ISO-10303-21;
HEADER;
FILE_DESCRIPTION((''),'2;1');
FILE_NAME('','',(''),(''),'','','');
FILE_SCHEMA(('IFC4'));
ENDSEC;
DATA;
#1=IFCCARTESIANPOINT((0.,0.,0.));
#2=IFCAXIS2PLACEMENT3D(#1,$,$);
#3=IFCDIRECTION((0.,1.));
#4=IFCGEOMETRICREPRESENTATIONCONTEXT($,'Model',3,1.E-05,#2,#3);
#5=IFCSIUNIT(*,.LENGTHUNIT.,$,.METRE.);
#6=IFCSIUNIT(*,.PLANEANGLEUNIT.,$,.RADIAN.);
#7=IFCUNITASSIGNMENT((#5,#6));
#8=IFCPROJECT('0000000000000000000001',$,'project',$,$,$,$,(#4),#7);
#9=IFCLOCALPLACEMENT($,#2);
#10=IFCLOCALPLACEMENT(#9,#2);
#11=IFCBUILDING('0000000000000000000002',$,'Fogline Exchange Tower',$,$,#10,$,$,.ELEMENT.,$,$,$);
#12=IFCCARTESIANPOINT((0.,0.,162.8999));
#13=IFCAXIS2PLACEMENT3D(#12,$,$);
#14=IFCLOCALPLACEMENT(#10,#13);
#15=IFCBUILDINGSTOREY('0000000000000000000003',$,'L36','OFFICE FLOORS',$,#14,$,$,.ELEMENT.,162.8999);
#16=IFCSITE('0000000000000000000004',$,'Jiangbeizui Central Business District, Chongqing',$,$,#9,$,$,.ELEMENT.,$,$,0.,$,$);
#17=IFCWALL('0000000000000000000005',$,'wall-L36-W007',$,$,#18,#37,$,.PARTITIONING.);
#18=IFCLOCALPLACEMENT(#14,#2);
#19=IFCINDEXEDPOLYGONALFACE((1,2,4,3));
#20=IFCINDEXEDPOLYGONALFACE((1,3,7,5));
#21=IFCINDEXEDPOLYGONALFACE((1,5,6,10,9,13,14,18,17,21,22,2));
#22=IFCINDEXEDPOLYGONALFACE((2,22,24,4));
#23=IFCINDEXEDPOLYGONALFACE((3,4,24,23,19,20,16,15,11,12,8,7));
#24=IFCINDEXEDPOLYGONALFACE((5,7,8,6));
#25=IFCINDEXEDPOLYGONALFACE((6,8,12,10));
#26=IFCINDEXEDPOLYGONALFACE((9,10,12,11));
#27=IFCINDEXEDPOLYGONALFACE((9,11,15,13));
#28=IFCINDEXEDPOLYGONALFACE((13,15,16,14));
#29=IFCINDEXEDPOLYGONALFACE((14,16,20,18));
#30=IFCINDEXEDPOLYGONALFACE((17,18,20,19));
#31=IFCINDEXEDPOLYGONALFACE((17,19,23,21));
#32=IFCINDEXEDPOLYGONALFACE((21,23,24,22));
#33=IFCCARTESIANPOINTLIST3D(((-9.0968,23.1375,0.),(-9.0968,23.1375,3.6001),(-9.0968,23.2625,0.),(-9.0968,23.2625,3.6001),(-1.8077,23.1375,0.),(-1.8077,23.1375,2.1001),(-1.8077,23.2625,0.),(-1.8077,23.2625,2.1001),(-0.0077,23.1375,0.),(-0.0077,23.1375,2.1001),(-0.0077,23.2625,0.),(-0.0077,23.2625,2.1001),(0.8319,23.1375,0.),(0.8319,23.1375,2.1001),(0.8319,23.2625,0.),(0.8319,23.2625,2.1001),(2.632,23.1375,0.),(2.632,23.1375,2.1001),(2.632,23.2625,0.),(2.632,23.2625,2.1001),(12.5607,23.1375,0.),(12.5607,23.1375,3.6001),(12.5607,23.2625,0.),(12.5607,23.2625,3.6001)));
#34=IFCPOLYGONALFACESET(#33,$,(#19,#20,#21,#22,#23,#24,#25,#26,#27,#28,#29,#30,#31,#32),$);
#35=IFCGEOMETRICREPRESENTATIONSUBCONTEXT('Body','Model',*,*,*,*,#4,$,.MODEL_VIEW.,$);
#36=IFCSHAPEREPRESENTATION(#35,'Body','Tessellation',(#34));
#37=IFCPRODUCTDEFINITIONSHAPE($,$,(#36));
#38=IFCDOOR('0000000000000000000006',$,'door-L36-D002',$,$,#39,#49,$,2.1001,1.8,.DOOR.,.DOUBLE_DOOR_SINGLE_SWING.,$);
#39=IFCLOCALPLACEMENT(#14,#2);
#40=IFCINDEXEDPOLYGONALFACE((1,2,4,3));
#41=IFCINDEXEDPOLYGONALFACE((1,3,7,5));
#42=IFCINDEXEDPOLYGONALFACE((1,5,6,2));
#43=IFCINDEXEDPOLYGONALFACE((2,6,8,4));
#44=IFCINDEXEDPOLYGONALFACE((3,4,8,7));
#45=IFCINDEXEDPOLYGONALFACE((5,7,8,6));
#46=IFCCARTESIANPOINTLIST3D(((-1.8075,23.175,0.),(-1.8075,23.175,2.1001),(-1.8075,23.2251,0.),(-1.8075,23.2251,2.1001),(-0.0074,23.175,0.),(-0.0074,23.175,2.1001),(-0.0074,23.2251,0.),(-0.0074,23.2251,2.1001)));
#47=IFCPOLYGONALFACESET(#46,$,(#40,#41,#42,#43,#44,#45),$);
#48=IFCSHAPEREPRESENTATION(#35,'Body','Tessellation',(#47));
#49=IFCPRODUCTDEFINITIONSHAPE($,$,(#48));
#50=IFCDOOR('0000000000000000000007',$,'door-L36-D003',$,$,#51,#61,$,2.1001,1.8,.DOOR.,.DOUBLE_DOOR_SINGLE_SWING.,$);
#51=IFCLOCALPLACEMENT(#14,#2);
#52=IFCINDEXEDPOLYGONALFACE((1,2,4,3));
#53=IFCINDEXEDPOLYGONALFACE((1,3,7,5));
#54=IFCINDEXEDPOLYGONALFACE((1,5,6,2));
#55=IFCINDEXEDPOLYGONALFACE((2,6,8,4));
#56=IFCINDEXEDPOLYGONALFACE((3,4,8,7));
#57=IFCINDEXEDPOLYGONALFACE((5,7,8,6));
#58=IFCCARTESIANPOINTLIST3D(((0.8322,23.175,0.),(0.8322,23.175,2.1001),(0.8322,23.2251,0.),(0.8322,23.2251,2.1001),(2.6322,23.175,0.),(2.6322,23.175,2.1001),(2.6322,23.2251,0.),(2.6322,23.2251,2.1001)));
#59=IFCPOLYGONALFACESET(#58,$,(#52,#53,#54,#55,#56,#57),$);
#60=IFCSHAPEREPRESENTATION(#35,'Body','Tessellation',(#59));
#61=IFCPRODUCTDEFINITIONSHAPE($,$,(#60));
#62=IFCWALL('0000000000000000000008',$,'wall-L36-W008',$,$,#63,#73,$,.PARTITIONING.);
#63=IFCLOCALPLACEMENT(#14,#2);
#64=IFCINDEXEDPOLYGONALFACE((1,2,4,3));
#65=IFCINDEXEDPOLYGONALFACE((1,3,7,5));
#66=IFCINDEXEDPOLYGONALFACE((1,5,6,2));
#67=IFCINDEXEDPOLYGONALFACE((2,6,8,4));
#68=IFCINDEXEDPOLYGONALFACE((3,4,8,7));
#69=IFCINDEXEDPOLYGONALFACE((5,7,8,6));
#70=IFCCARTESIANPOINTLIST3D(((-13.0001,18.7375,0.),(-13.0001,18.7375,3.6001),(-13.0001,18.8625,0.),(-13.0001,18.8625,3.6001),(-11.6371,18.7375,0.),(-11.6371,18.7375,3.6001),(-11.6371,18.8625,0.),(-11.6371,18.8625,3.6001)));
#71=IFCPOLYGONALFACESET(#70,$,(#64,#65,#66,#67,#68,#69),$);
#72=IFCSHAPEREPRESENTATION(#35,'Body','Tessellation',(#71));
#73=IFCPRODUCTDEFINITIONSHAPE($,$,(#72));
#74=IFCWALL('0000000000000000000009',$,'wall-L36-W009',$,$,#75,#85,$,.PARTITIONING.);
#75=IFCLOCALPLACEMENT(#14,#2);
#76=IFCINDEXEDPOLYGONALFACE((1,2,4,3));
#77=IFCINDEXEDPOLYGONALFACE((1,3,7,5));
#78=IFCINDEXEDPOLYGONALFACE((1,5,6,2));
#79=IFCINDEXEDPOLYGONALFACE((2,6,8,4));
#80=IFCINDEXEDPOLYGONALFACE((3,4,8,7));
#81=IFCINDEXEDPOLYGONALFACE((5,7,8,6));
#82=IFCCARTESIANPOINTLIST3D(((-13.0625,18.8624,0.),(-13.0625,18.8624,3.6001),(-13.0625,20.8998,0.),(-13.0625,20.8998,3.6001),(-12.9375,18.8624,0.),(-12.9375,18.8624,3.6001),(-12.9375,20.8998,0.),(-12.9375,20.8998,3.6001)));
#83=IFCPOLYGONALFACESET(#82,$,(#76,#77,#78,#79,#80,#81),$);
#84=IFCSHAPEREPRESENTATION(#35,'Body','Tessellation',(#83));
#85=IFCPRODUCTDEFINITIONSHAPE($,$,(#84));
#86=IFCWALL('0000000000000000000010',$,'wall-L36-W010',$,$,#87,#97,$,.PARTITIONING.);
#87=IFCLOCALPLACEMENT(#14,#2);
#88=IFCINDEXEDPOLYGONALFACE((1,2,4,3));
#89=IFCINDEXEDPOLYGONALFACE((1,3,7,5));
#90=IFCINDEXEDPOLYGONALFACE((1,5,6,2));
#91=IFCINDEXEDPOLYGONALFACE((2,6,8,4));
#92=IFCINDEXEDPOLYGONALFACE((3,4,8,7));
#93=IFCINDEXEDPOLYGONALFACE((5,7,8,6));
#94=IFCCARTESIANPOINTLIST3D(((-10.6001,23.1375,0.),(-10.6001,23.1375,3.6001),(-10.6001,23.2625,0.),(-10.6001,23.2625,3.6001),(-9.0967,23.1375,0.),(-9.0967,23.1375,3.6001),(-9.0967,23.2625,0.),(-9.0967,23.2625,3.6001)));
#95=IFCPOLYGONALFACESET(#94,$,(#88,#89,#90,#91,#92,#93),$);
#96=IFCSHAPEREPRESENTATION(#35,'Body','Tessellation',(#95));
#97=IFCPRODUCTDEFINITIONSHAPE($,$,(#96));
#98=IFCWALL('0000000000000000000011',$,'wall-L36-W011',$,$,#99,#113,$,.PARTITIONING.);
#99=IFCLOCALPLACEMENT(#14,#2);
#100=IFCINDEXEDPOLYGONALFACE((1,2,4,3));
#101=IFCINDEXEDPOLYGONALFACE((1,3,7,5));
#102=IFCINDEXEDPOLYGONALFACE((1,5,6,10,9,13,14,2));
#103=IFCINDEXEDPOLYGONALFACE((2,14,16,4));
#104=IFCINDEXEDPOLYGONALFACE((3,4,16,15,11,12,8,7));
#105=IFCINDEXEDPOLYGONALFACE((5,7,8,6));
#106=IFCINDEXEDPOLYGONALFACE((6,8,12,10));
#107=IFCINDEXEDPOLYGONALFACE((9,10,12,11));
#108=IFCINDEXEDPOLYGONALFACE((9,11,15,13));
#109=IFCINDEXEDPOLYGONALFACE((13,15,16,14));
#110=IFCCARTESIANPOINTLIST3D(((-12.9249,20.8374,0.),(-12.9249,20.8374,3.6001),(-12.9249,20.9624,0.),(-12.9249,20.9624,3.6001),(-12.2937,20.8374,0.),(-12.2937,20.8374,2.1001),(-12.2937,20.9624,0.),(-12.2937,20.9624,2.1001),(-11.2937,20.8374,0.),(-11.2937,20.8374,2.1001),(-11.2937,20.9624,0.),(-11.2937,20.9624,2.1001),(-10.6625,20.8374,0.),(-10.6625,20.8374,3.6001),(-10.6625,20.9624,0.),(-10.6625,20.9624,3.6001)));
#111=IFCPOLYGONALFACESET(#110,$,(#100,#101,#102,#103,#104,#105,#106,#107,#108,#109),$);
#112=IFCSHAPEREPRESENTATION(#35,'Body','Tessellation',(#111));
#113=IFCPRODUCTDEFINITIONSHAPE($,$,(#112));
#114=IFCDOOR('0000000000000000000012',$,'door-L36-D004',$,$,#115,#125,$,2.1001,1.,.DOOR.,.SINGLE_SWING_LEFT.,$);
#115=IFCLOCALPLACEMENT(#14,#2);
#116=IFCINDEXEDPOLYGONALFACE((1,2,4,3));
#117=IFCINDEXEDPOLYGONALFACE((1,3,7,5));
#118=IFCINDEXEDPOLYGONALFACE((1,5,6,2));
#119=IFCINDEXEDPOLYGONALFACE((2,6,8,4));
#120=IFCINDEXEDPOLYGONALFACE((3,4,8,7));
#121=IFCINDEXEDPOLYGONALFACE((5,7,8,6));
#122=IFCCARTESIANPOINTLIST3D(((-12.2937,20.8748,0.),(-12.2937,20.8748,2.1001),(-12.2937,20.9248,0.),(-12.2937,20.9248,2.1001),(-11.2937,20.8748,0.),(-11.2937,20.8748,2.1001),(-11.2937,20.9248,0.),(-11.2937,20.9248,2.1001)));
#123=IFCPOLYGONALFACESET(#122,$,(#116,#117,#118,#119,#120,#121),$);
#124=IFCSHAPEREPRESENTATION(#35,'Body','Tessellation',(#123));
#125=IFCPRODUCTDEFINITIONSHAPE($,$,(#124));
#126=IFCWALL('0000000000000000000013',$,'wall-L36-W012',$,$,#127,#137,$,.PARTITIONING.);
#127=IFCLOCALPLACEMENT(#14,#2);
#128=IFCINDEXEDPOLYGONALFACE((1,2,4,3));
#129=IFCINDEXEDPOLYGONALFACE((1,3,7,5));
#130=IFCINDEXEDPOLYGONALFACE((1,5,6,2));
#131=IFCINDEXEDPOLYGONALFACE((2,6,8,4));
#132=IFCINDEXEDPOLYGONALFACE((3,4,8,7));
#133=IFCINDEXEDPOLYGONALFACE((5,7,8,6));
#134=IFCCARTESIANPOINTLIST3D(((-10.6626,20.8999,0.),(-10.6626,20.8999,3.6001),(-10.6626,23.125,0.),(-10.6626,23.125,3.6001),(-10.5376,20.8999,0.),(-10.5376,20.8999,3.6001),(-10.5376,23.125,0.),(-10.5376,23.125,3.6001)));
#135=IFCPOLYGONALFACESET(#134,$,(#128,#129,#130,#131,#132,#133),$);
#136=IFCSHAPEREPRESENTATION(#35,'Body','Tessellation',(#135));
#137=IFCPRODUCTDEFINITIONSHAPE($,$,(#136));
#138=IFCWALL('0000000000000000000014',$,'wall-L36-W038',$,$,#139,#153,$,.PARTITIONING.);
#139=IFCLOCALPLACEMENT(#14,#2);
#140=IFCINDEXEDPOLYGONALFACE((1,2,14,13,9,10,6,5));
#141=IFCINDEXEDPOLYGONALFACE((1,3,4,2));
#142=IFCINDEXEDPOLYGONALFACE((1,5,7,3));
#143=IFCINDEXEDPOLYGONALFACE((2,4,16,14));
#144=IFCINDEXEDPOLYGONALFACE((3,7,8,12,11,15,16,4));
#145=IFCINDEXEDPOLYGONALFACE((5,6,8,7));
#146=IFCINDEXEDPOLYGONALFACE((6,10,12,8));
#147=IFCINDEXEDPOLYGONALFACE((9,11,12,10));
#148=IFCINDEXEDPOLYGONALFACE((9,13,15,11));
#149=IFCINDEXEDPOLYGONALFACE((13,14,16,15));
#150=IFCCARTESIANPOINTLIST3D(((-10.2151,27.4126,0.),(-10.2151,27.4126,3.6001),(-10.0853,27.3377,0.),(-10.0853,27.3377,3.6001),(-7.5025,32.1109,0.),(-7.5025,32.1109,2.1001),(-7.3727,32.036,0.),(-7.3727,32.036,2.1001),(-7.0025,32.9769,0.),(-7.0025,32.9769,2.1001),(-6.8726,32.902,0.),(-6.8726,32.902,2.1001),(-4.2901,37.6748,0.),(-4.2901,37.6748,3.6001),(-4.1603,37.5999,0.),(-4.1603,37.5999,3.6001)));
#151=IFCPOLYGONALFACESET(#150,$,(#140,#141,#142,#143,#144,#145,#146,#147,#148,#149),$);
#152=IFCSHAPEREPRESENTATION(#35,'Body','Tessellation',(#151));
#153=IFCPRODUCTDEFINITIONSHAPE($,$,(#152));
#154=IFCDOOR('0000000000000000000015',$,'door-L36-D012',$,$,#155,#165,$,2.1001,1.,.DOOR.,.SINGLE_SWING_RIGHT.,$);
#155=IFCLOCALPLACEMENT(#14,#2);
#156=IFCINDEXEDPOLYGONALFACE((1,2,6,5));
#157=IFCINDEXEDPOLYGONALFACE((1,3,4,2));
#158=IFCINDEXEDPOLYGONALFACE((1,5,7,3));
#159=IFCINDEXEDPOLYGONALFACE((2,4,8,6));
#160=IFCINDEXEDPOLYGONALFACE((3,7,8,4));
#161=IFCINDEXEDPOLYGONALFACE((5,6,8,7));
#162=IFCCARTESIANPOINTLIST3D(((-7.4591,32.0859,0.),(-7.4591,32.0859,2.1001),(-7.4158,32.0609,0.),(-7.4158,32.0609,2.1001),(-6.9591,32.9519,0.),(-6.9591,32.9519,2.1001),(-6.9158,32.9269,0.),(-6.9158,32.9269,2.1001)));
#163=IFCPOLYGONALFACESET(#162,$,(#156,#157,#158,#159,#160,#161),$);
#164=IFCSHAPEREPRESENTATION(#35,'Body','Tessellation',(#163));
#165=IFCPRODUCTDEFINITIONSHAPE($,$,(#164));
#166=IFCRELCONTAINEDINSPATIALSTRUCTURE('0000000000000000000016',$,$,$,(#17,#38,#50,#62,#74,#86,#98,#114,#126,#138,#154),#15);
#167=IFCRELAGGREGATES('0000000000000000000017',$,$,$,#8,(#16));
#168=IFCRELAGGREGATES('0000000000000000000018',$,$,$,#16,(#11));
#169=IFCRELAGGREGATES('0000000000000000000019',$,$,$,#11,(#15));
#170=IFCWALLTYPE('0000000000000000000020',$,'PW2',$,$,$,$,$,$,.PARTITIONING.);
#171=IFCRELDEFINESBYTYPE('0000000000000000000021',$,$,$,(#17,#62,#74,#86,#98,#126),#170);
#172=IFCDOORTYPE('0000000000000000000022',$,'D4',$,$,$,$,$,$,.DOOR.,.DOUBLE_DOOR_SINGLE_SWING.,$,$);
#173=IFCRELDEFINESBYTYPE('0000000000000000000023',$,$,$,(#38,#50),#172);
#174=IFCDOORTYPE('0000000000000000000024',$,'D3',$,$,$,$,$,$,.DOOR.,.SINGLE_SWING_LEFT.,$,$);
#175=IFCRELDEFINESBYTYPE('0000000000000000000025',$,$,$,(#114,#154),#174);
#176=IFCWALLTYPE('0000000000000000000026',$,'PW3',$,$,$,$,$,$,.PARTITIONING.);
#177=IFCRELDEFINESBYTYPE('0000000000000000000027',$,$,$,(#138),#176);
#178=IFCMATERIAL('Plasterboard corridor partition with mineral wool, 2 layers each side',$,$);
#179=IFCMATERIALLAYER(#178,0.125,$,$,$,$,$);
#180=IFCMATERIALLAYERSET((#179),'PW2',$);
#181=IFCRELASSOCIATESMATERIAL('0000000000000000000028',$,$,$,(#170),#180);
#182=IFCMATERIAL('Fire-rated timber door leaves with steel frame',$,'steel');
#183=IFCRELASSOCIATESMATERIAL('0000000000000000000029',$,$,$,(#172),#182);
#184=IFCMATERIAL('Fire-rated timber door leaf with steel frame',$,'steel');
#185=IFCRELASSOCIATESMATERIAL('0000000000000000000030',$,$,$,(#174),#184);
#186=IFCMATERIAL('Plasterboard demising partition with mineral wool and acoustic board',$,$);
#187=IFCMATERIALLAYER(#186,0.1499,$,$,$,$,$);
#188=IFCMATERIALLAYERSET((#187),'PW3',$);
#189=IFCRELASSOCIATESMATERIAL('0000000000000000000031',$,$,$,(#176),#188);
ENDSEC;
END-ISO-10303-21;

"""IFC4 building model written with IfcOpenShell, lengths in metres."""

from ifc_helpers import new_model, si_unit, direction, frame, frame_2d, origin, place, context, subcontext, project, spatial, rectangle, extrude, material, layer, layer_set, type_object, element, fill, save


model = new_model("IFC4")

# Units and contexts
model_context = context("Model", 3, precision=1e-05, world=origin(), true_north=direction((0.0, 1.0)))
body_context = subcontext(model_context, "Body", "Model", "MODEL_VIEW")
ifc_project = project(units=[si_unit("LENGTHUNIT", "METRE"), si_unit("PLANEANGLEUNIT", "RADIAN")], contexts=[model_context])

# Site, building, storey
site_placement = place(None, origin())
site = spatial("IfcSite", under=ifc_project, at=site_placement, Name="Jiangbeizui Central Business District, Chongqing", CompositionType="ELEMENT", RefElevation=0.0)
building_placement = place(site_placement, origin())
building = spatial("IfcBuilding", under=site, at=building_placement, Name="Fogline Exchange Tower", CompositionType="ELEMENT")
storey_placement = place(building_placement, frame((0.0, 0.0, 162.8999)))
storey = spatial("IfcBuildingStorey", under=building, at=storey_placement, Name="L36", Description="OFFICE FLOORS", CompositionType="ELEMENT", Elevation=162.8999)

# Wall, openings, doors
ifc_material_1 = material(Name="Plasterboard corridor partition with mineral wool, 2 layers each side")
ifc_layer_1 = layer(ifc_material_1, 0.125)
ifc_layer_set_1 = layer_set([ifc_layer_1], Name="PW2")
wall_type_1 = type_object("IfcWallType", Name="PW2", PredefinedType="PARTITIONING", material=ifc_layer_set_1)
wall_1_placement = place(storey_placement, frame((-9.0967, 23.2, 0.0), z_axis=(0.0, 0.0, 1.0), x_axis=(1.0, 0.0, 0.0)))
wall_1 = element("IfcWall", 1, at=wall_1_placement, inside=storey, type_object=wall_type_1, Name="wall-L36-W007", PredefinedType="PARTITIONING", context=body_context, shape_type="SweptSolid", body=[
    extrude(rectangle(XDim=21.6575, YDim=0.125, at=frame_2d((10.8286, 0.0))), origin(), (0.0, 0.0, 1.0), 3.6001),
])
opening_1_placement = place(wall_1_placement, frame((7.2891, 0.0, 0.0)))
opening_1 = element("IfcOpeningElement", 2, at=opening_1_placement, cuts=wall_1, PredefinedType="OPENING", context=body_context, shape_type="SweptSolid", body=[
    extrude(rectangle(XDim=1.8, YDim=2.1001, at=frame_2d((0.8999, 1.05))), frame((0.0, 0.0725, 0.0), z_axis=(0.0, -1.0, 0.0), x_axis=(1.0, 0.0, 0.0)), (0.0, 0.0, 1.0), 0.145),
])
opening_2_placement = place(wall_1_placement, frame((9.9287, 0.0, 0.0)))
opening_2 = element("IfcOpeningElement", 3, at=opening_2_placement, cuts=wall_1, PredefinedType="OPENING", context=body_context, shape_type="SweptSolid", body=[
    extrude(rectangle(XDim=1.8, YDim=2.1001, at=frame_2d((0.8999, 1.05))), frame((0.0, 0.0725, 0.0), z_axis=(0.0, -1.0, 0.0), x_axis=(1.0, 0.0, 0.0)), (0.0, 0.0, 1.0), 0.145),
])
ifc_material_2 = material(Name="Fire-rated timber door leaves with steel frame", Category="steel")
door_type_1 = type_object("IfcDoorType", Name="D4", OperationType="DOUBLE_DOOR_SINGLE_SWING", PredefinedType="DOOR", material=ifc_material_2)
door_1_placement = place(opening_1_placement, frame((1.8, 0.0, 0.0), z_axis=(0.0, 0.0, 1.0), x_axis=(-1.0, 0.0, 0.0)))
door_1 = element("IfcDoor", 4, at=door_1_placement, inside=storey, type_object=door_type_1, Name="door-L36-D002", OperationType="DOUBLE_DOOR_SINGLE_SWING", OverallHeight=2.1001, OverallWidth=1.8, PredefinedType="DOOR", context=body_context, shape_type="SweptSolid", body=[
    extrude(rectangle(XDim=1.8, YDim=2.1001, at=frame_2d((0.8999, 1.05))), frame((0.0, 0.0249, 0.0), z_axis=(0.0, -1.0, 0.0), x_axis=(1.0, 0.0, 0.0)), (0.0, 0.0, 1.0), 0.05),
])
fill(opening_1, door_1)
door_2_placement = place(opening_2_placement, frame((1.8, 0.0, 0.0), z_axis=(0.0, 0.0, 1.0), x_axis=(-1.0, 0.0, 0.0)))
door_2 = element("IfcDoor", 5, at=door_2_placement, inside=storey, type_object=door_type_1, Name="door-L36-D003", OperationType="DOUBLE_DOOR_SINGLE_SWING", OverallHeight=2.1001, OverallWidth=1.8, PredefinedType="DOOR", context=body_context, shape_type="SweptSolid", body=[
    extrude(rectangle(XDim=1.8, YDim=2.1001, at=frame_2d((0.8999, 1.05))), frame((0.0, 0.0249, 0.0), z_axis=(0.0, -1.0, 0.0), x_axis=(1.0, 0.0, 0.0)), (0.0, 0.0, 1.0), 0.05),
])
fill(opening_2, door_2)

# Walls
wall_2_placement = place(storey_placement, frame((-11.637, 18.8, 0.0), z_axis=(0.0, 0.0, 1.0), x_axis=(-1.0, 0.0, 0.0)))
element("IfcWall", 6, at=wall_2_placement, inside=storey, type_object=wall_type_1, Name="wall-L36-W008", PredefinedType="PARTITIONING", context=body_context, shape_type="SweptSolid", body=[
    extrude(rectangle(XDim=1.363, YDim=0.125, at=frame_2d((0.6816, 0.0))), origin(), (0.0, 0.0, 1.0), 3.6001),
])
wall_3_placement = place(storey_placement, frame((-13.0, 18.8625, 0.0), z_axis=(0.0, 0.0, 1.0), x_axis=(0.0, 1.0, 0.0)))
element("IfcWall", 7, at=wall_3_placement, inside=storey, type_object=wall_type_1, Name="wall-L36-W009", PredefinedType="PARTITIONING", context=body_context, shape_type="SweptSolid", body=[
    extrude(rectangle(XDim=2.0374, YDim=0.125, at=frame_2d((1.0186, 0.0))), origin(), (0.0, 0.0, 1.0), 3.6001),
])
wall_4_placement = place(storey_placement, frame((-10.6001, 23.2, 0.0), z_axis=(0.0, 0.0, 1.0), x_axis=(1.0, 0.0, 0.0)))
element("IfcWall", 8, at=wall_4_placement, inside=storey, type_object=wall_type_1, Name="wall-L36-W010", PredefinedType="PARTITIONING", context=body_context, shape_type="SweptSolid", body=[
    extrude(rectangle(XDim=1.5034, YDim=0.125, at=frame_2d((0.7517, 0.0))), origin(), (0.0, 0.0, 1.0), 3.6001),
])

# Wall, opening, door
wall_5_placement = place(storey_placement, frame((-12.925, 20.8999, 0.0), z_axis=(0.0, 0.0, 1.0), x_axis=(1.0, 0.0, 0.0)))
wall_5 = element("IfcWall", 9, at=wall_5_placement, inside=storey, type_object=wall_type_1, Name="wall-L36-W011", PredefinedType="PARTITIONING", context=body_context, shape_type="SweptSolid", body=[
    extrude(rectangle(XDim=2.2625, YDim=0.125, at=frame_2d((1.1313, 0.0))), origin(), (0.0, 0.0, 1.0), 3.6001),
])
opening_3_placement = place(wall_5_placement, frame((0.6313, 0.0, 0.0)))
opening_3 = element("IfcOpeningElement", 10, at=opening_3_placement, cuts=wall_5, PredefinedType="OPENING", context=body_context, shape_type="SweptSolid", body=[
    extrude(rectangle(XDim=1.0, YDim=2.1001, at=frame_2d((0.5, 1.05))), frame((0.0, 0.0725, 0.0), z_axis=(0.0, -1.0, 0.0), x_axis=(1.0, 0.0, 0.0)), (0.0, 0.0, 1.0), 0.145),
])
ifc_material_3 = material(Name="Fire-rated timber door leaf with steel frame", Category="steel")
door_type_2 = type_object("IfcDoorType", Name="D3", OperationType="SINGLE_SWING_LEFT", PredefinedType="DOOR", material=ifc_material_3)
door_3_placement = place(opening_3_placement, origin())
door_3 = element("IfcDoor", 11, at=door_3_placement, inside=storey, type_object=door_type_2, Name="door-L36-D004", OperationType="SINGLE_SWING_LEFT", OverallHeight=2.1001, OverallWidth=1.0, PredefinedType="DOOR", context=body_context, shape_type="SweptSolid", body=[
    extrude(rectangle(XDim=1.0, YDim=2.1001, at=frame_2d((0.5, 1.05))), frame((0.0, 0.0249, 0.0), z_axis=(0.0, -1.0, 0.0), x_axis=(1.0, 0.0, 0.0)), (0.0, 0.0, 1.0), 0.05),
])
fill(opening_3, door_3)

# Wall
wall_6_placement = place(storey_placement, frame((-10.6001, 20.8999, 0.0), z_axis=(0.0, 0.0, 1.0), x_axis=(0.0, 1.0, 0.0)))
element("IfcWall", 12, at=wall_6_placement, inside=storey, type_object=wall_type_1, Name="wall-L36-W012", PredefinedType="PARTITIONING", context=body_context, shape_type="SweptSolid", body=[
    extrude(rectangle(XDim=2.2251, YDim=0.125, at=frame_2d((1.1125, 0.0))), origin(), (0.0, 0.0, 1.0), 3.6001),
])

# Wall, opening, door
ifc_material_4 = material(Name="Plasterboard demising partition with mineral wool and acoustic board")
ifc_layer_2 = layer(ifc_material_4, 0.1499)
ifc_layer_set_2 = layer_set([ifc_layer_2], Name="PW3")
wall_type_2 = type_object("IfcWallType", Name="PW3", PredefinedType="PARTITIONING", material=ifc_layer_set_2)
wall_7_placement = place(storey_placement, frame((-10.1501, 27.3752, 0.0), z_axis=(0.0, 0.0, 1.0), x_axis=(0.50001, 0.86602, 0.0)))
wall_7 = element("IfcWall", 13, at=wall_7_placement, inside=storey, type_object=wall_type_2, Name="wall-L36-W038", PredefinedType="PARTITIONING", context=body_context, shape_type="SweptSolid", body=[
    extrude(rectangle(XDim=11.8499, YDim=0.1499, at=frame_2d((5.9248, 0.0))), origin(), (0.0, 0.0, 1.0), 3.6001),
])
opening_4_placement = place(wall_7_placement, frame((5.425, 0.0, 0.0)))
opening_4 = element("IfcOpeningElement", 14, at=opening_4_placement, cuts=wall_7, PredefinedType="OPENING", context=body_context, shape_type="SweptSolid", body=[
    extrude(rectangle(XDim=1.0, YDim=2.1001, at=frame_2d((0.5, 1.05))), frame((0.0, 0.085, 0.0), z_axis=(0.0, -1.0, 0.0), x_axis=(1.0, 0.0, 0.0)), (0.0, 0.0, 1.0), 0.1699),
])
door_4_placement = place(opening_4_placement, origin())
door_4 = element("IfcDoor", 15, at=door_4_placement, inside=storey, type_object=door_type_2, Name="door-L36-D012", OperationType="SINGLE_SWING_RIGHT", OverallHeight=2.1001, OverallWidth=1.0, PredefinedType="DOOR", context=body_context, shape_type="SweptSolid", body=[
    extrude(rectangle(XDim=1.0, YDim=2.1001, at=frame_2d((0.5, 1.05))), frame((0.0, 0.0249, 0.0), z_axis=(0.0, -1.0, 0.0), x_axis=(1.0, 0.0, 0.0)), (0.0, 0.0, 1.0), 0.05),
])
fill(opening_4, door_4)

save(model, "model.ifc")
